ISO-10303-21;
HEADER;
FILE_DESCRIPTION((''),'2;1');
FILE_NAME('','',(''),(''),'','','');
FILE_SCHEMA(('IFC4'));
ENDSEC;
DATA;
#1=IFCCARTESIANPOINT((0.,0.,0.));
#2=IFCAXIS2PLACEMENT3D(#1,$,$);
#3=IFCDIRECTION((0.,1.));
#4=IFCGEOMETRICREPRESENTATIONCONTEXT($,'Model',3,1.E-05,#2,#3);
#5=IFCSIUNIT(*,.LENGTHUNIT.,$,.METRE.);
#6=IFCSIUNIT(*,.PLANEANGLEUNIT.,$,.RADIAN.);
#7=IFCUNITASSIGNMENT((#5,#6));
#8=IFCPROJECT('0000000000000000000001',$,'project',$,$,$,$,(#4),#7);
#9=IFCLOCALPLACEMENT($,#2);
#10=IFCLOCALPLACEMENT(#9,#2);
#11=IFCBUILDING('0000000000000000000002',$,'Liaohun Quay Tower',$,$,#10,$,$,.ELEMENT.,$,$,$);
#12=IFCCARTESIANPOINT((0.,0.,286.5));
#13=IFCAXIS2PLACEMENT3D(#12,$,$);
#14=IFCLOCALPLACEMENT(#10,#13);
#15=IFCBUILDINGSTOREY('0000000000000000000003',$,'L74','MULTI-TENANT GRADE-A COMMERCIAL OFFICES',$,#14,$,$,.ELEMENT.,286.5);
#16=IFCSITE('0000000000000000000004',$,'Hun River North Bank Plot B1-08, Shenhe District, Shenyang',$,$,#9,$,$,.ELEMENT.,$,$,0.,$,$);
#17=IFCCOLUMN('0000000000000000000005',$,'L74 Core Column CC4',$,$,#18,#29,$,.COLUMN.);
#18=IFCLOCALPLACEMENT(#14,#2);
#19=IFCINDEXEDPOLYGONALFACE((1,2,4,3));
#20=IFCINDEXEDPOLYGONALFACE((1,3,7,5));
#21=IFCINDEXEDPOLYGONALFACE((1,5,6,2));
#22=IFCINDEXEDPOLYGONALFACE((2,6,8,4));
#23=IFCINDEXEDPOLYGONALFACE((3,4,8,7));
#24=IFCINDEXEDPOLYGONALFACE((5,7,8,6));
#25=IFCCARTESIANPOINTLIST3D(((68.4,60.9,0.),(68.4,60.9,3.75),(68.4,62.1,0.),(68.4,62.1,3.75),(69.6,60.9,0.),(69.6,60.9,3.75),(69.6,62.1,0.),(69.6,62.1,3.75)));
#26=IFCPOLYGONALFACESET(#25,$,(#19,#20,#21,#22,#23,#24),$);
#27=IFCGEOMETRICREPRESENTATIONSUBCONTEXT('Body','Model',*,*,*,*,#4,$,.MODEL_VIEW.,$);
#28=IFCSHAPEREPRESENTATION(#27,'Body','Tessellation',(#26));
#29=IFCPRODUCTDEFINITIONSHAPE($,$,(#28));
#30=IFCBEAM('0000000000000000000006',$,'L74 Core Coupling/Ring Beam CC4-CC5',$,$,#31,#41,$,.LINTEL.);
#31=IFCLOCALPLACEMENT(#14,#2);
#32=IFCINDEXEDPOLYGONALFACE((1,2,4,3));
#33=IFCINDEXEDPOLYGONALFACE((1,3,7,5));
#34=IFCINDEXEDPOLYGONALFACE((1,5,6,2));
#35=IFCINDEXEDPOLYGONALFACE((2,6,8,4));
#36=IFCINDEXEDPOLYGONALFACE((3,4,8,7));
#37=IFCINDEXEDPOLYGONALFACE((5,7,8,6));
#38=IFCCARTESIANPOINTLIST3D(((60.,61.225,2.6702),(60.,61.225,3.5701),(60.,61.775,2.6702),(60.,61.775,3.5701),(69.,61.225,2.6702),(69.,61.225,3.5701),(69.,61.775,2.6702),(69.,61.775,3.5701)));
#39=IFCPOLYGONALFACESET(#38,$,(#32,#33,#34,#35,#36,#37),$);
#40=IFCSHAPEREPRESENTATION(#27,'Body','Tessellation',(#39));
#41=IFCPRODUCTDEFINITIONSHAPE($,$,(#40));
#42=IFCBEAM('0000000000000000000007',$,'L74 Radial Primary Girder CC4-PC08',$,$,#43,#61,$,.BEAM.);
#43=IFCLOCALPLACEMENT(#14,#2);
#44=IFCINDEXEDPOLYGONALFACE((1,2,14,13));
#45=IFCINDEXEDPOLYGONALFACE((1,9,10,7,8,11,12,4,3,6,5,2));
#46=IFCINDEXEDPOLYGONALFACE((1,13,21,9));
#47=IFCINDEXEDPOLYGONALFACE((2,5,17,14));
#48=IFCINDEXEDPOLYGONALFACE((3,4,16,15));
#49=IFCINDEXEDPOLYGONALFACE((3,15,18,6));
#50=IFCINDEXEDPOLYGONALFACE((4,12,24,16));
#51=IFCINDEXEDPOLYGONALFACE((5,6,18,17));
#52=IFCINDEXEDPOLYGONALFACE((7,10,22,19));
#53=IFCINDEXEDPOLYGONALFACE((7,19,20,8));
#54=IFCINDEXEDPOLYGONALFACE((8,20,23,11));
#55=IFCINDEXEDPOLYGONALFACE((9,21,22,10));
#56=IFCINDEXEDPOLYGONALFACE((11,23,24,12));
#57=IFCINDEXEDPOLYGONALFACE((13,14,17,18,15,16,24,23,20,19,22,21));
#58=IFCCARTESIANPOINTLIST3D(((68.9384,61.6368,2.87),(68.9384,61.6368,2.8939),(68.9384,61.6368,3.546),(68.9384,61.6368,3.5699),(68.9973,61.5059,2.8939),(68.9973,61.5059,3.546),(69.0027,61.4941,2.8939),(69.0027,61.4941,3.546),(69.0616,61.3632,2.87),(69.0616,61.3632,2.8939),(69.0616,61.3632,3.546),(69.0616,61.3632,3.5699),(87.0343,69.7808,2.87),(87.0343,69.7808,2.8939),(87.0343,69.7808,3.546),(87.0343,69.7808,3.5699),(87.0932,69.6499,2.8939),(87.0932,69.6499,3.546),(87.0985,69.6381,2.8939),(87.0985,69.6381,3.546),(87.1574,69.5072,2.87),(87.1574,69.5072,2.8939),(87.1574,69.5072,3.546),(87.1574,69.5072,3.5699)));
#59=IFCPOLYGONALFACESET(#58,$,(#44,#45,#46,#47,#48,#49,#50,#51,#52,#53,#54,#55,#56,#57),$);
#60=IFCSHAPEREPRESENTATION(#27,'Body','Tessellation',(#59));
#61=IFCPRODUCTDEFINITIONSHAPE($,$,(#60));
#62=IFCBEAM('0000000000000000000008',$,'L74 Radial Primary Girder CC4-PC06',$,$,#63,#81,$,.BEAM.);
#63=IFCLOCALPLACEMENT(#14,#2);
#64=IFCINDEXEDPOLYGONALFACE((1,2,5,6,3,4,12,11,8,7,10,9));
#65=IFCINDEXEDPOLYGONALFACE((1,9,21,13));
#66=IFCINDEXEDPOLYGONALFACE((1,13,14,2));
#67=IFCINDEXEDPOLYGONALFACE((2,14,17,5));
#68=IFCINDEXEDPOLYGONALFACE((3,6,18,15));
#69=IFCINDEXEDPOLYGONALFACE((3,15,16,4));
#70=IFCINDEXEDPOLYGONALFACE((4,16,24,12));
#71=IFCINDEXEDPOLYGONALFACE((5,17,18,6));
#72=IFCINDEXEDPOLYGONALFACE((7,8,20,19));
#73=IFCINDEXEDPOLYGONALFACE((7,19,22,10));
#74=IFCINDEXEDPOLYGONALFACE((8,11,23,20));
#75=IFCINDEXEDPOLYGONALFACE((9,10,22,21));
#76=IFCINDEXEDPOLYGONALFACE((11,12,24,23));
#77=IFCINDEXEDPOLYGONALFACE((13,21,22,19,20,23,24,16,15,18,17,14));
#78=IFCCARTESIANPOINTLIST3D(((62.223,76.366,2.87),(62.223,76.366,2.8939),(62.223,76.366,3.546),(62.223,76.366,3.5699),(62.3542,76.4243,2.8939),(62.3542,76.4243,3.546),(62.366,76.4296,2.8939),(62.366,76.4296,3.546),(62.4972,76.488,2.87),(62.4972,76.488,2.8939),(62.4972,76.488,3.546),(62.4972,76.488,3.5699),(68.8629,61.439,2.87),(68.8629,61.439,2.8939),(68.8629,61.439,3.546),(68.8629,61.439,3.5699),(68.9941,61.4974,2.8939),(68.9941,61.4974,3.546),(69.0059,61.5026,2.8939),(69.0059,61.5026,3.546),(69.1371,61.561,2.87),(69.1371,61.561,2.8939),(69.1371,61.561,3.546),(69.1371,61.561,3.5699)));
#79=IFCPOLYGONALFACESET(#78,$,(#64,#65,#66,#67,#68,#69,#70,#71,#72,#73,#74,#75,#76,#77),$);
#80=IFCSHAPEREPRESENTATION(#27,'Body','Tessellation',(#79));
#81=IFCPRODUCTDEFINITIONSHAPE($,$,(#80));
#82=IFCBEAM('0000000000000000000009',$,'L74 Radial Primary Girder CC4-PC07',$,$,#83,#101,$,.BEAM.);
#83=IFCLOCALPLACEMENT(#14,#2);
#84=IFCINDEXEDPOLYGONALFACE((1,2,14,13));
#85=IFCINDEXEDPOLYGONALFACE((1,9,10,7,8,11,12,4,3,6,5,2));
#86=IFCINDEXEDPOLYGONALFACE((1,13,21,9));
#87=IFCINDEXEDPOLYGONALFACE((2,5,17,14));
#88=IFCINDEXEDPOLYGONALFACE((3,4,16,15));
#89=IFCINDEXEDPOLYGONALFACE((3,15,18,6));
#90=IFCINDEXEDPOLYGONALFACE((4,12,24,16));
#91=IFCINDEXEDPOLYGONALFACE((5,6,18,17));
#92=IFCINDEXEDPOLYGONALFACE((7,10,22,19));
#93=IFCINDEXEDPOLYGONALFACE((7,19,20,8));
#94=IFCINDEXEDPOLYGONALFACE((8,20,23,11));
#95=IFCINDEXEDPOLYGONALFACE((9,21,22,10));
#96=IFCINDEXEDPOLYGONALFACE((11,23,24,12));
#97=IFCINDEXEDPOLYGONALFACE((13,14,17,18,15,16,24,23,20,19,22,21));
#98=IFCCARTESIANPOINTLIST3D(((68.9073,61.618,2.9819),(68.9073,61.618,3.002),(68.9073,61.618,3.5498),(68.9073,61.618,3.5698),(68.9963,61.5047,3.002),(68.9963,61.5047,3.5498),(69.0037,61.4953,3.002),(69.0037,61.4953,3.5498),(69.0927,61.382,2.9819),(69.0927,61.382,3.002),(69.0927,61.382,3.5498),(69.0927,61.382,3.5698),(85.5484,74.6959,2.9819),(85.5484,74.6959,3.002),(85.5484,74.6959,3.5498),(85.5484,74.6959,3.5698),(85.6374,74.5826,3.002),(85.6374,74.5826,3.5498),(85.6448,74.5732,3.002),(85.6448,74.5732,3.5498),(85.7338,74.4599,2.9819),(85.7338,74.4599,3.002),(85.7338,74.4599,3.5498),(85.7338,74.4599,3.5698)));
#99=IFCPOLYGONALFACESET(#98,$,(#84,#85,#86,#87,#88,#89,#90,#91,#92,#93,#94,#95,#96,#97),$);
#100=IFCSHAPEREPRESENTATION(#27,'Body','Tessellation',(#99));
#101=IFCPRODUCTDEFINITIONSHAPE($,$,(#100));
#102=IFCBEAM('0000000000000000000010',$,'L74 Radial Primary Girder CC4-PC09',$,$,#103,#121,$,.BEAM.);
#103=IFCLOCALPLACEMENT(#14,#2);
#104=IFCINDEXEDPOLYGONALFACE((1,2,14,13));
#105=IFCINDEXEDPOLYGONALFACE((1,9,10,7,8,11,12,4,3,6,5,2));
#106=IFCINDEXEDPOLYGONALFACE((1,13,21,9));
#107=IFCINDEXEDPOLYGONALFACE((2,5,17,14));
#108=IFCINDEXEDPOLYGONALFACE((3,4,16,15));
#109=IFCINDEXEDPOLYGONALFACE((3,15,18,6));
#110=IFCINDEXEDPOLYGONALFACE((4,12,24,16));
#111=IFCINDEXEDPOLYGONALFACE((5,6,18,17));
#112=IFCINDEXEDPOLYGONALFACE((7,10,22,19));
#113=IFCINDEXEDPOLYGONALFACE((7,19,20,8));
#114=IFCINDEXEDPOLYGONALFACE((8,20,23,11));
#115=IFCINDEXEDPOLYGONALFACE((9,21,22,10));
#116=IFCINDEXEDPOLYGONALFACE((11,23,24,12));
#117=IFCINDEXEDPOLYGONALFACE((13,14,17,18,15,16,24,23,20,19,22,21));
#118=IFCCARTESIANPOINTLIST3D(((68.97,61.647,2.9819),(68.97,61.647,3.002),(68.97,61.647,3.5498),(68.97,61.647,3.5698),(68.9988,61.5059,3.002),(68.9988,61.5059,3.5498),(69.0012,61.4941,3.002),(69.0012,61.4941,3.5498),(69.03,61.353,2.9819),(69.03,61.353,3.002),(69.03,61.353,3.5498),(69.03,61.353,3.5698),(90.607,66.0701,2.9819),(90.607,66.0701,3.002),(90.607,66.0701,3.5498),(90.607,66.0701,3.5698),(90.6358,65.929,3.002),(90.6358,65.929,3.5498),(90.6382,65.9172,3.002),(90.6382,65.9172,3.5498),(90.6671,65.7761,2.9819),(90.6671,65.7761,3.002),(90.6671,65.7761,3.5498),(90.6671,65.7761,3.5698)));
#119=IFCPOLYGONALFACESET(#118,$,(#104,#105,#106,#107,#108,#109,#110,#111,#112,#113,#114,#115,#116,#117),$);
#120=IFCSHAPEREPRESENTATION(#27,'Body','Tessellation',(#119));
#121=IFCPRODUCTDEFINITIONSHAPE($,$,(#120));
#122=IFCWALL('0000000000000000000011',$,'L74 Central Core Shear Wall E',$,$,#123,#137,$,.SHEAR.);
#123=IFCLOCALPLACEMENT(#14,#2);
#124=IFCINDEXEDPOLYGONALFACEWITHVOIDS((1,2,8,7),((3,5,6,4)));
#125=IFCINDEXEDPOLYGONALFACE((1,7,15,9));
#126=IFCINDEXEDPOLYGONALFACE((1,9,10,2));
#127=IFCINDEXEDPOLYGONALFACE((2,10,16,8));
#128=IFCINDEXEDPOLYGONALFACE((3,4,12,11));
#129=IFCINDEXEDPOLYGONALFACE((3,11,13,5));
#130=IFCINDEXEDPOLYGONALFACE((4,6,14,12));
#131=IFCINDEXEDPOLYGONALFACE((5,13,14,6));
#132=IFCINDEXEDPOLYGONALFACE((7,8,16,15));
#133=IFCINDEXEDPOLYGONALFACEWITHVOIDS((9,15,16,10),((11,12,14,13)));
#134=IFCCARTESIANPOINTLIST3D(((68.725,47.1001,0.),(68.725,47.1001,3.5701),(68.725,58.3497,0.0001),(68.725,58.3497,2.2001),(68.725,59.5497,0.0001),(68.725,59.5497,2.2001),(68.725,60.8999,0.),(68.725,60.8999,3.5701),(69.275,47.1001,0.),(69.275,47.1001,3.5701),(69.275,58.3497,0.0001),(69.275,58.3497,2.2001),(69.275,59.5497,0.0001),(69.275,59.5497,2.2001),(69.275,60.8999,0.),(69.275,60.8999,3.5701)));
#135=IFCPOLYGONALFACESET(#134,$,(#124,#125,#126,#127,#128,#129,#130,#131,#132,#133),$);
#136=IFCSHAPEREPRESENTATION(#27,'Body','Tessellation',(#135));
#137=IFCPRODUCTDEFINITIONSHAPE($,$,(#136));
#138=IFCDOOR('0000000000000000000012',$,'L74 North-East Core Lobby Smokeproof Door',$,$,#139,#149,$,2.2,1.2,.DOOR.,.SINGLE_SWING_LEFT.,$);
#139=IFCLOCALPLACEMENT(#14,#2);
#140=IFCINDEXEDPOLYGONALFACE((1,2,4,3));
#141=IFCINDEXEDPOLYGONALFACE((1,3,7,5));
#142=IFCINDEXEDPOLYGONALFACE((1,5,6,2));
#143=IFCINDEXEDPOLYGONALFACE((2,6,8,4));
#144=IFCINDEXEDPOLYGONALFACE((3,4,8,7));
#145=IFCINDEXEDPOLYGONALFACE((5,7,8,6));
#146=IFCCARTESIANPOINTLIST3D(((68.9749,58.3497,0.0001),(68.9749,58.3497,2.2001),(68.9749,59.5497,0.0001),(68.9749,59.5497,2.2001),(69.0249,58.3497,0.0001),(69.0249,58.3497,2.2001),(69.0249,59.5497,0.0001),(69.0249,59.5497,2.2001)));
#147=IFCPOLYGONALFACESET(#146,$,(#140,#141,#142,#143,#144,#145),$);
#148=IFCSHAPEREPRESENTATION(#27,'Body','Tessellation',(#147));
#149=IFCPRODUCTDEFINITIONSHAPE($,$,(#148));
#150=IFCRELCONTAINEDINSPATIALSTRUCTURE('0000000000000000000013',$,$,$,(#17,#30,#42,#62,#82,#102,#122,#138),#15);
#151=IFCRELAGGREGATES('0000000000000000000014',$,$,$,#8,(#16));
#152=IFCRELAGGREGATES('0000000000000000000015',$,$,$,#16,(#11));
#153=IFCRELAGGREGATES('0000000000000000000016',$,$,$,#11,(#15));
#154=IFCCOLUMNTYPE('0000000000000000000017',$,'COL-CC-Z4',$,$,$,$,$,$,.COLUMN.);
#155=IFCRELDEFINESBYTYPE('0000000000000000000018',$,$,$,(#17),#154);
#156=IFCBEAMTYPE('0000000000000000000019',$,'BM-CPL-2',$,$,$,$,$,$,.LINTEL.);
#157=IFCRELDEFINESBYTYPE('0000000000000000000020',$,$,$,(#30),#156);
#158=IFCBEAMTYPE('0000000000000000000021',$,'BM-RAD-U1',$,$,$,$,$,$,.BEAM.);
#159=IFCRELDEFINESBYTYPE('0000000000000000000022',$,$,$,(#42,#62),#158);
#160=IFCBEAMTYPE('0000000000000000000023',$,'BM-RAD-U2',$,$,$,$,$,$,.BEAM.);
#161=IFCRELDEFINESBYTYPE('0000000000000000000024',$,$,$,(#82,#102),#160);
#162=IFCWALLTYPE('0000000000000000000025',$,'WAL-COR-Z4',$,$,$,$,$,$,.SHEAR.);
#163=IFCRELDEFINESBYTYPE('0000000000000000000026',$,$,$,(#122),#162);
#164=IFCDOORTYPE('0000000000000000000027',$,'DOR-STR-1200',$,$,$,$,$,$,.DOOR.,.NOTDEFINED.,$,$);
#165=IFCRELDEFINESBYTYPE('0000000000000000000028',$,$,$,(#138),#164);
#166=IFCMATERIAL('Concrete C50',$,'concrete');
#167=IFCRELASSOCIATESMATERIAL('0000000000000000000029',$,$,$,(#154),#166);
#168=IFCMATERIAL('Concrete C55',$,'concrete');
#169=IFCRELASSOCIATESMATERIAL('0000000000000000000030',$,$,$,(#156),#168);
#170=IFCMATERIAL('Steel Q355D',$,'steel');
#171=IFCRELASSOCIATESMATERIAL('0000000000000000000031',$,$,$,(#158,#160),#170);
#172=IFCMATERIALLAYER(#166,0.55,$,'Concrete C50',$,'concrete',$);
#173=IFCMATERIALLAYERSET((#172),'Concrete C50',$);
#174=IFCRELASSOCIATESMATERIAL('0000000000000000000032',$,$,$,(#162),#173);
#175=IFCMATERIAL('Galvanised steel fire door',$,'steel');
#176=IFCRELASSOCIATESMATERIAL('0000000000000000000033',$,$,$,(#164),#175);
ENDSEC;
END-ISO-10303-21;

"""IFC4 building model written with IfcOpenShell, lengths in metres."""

from ifc_helpers import new_model, si_unit, direction, frame, frame_2d, origin, origin_2d, place, context, subcontext, project, spatial, rectangle, i_section, extrude, source, transform, mapped, material, layer, layer_set, material_profile, profile_set, type_object, element, fill, save


model = new_model("IFC4")

# Units and contexts
model_context = context("Model", 3, precision=1e-05, world=origin(), true_north=direction((0.0, 1.0)))
body_context = subcontext(model_context, "Body", "Model", "MODEL_VIEW")
ifc_project = project(units=[si_unit("LENGTHUNIT", "METRE"), si_unit("PLANEANGLEUNIT", "RADIAN")], contexts=[model_context])

# Site, building, storey
site_placement = place(None, origin())
site = spatial("IfcSite", under=ifc_project, at=site_placement, Name="Hun River North Bank Plot B1-08, Shenhe District, Shenyang", CompositionType="ELEMENT", RefElevation=0.0)
building_placement = place(site_placement, origin())
building = spatial("IfcBuilding", under=site, at=building_placement, Name="Liaohun Quay Tower", CompositionType="ELEMENT")
storey_placement = place(building_placement, frame((0.0, 0.0, 286.5)))
storey = spatial("IfcBuildingStorey", under=building, at=storey_placement, Name="L74", Description="MULTI-TENANT GRADE-A COMMERCIAL OFFICES", CompositionType="ELEMENT", Elevation=286.5)

# Column
ifc_material_1 = material(Name="Concrete C50", Category="concrete")
ifc_material_profile_1 = material_profile(ifc_material_1, rectangle(XDim=1.2, YDim=1.2, at=origin_2d()), Name="RC1200x1200")
ifc_profile_set_1 = profile_set([ifc_material_profile_1], Name="Concrete C50")
column_type = type_object("IfcColumnType", Name="COL-CC-Z4", PredefinedType="COLUMN", material=ifc_profile_set_1)
shared_shape_1 = source(origin(), body_context, "Body", "SweptSolid", [
    extrude(rectangle(XDim=1.2, YDim=1.2, at=origin_2d()), origin(), (0.0, 0.0, 1.0), 3.75),
])
column_placement = place(storey_placement, frame((69.0, 61.5, 0.0), z_axis=(0.0, 0.0, 1.0), x_axis=(1.0, 0.0, 0.0)))
element("IfcColumn", 1, at=column_placement, inside=storey, type_object=column_type, Name="L74 Core Column CC4", PredefinedType="COLUMN", context=body_context, shape_type="MappedRepresentation", body=[
    mapped(shared_shape_1, transform((0.0, 0.0, 0.0), x_axis=(1.0, 0.0, 0.0), y_axis=(0.0, 1.0, 0.0), z_axis=(0.0, 0.0, 1.0), scale=1.0)),
])

# Beams
ifc_material_2 = material(Name="Concrete C55", Category="concrete")
ifc_material_profile_2 = material_profile(ifc_material_2, rectangle(XDim=0.55, YDim=0.8999, at=origin_2d()), Name="RC550x900")
ifc_profile_set_2 = profile_set([ifc_material_profile_2], Name="Concrete C55")
beam_type_1 = type_object("IfcBeamType", Name="BM-CPL-2", PredefinedType="LINTEL", material=ifc_profile_set_2)
shared_shape_2 = source(origin(), body_context, "Body", "SweptSolid", [
    extrude(rectangle(XDim=0.55, YDim=0.8999, at=origin_2d()), origin(), (0.0, 0.0, 1.0), 9.0),
])
beam_1_placement = place(storey_placement, frame((69.0, 61.5, 3.1201), z_axis=(-1.0, 0.0, 0.0), x_axis=(0.0, -1.0, 0.0)))
element("IfcBeam", 2, at=beam_1_placement, inside=storey, type_object=beam_type_1, Name="L74 Core Coupling/Ring Beam CC4-CC5", PredefinedType="LINTEL", context=body_context, shape_type="MappedRepresentation", body=[
    mapped(shared_shape_2, transform((0.0, 0.0, 0.0), x_axis=(1.0, 0.0, 0.0), y_axis=(0.0, 1.0, 0.0), z_axis=(0.0, 0.0, 1.0), scale=1.0)),
])
ifc_material_3 = material(Name="Steel Q355D", Category="steel")
ifc_material_profile_3 = material_profile(ifc_material_3, i_section(OverallWidth=0.3, OverallDepth=0.7, WebThickness=0.0129, FlangeThickness=0.0239, at=origin_2d()), Name="HN700x300x13x24")
ifc_profile_set_3 = profile_set([ifc_material_profile_3], Name="Steel Q355D")
beam_type_2 = type_object("IfcBeamType", Name="BM-RAD-U1", PredefinedType="BEAM", material=ifc_profile_set_3)
shared_shape_3 = source(origin(), body_context, "Body", "SweptSolid", [
    extrude(i_section(OverallWidth=0.3, OverallDepth=0.7, WebThickness=0.0129, FlangeThickness=0.0239, at=origin_2d()), origin(), (0.0, 0.0, 1.0), 19.844),
])
beam_2_placement = place(storey_placement, frame((69.0, 61.5, 3.22), z_axis=(0.911905, 0.410401, 0.0), x_axis=(-0.410401, 0.911905, 0.0)))
element("IfcBeam", 3, at=beam_2_placement, inside=storey, type_object=beam_type_2, Name="L74 Radial Primary Girder CC4-PC08", PredefinedType="BEAM", context=body_context, shape_type="MappedRepresentation", body=[
    mapped(shared_shape_3, transform((0.0, 0.0, 0.0), x_axis=(1.0, 0.0, 0.0), y_axis=(0.0, 1.0, 0.0), z_axis=(0.0, 0.0, 1.0), scale=1.0)),
])
shared_shape_4 = source(origin(), body_context, "Body", "SweptSolid", [
    extrude(i_section(OverallWidth=0.3, OverallDepth=0.7, WebThickness=0.0129, FlangeThickness=0.0239, at=origin_2d()), origin(), (0.0, 0.0, 1.0), 16.3372),
])
beam_3_placement = place(storey_placement, frame((69.0, 61.5, 3.22), z_axis=(-0.406428, 0.913683, 0.0), x_axis=(-0.913683, -0.406428, 0.0)))
element("IfcBeam", 4, at=beam_3_placement, inside=storey, type_object=beam_type_2, Name="L74 Radial Primary Girder CC4-PC06", PredefinedType="BEAM", context=body_context, shape_type="MappedRepresentation", body=[
    mapped(shared_shape_4, transform((0.0, 0.0, 0.0), x_axis=(1.0, 0.0, 0.0), y_axis=(0.0, 1.0, 0.0), z_axis=(0.0, 0.0, 1.0), scale=1.0)),
])
ifc_material_profile_4 = material_profile(ifc_material_3, i_section(OverallWidth=0.3, OverallDepth=0.5879, WebThickness=0.012, FlangeThickness=0.02, at=origin_2d()), Name="HM588x300x12x20")
ifc_profile_set_4 = profile_set([ifc_material_profile_4], Name="Steel Q355D")
beam_type_3 = type_object("IfcBeamType", Name="BM-RAD-U2", PredefinedType="BEAM", material=ifc_profile_set_4)
shared_shape_5 = source(origin(), body_context, "Body", "SweptSolid", [
    extrude(i_section(OverallWidth=0.3, OverallDepth=0.5879, WebThickness=0.012, FlangeThickness=0.02, at=origin_2d()), origin(), (0.0, 0.0, 1.0), 21.165),
])
beam_4_placement = place(storey_placement, frame((69.0, 61.5, 3.2759), z_axis=(0.786256, 0.617901, 0.0), x_axis=(-0.617901, 0.786256, 0.0)))
element("IfcBeam", 5, at=beam_4_placement, inside=storey, type_object=beam_type_3, Name="L74 Radial Primary Girder CC4-PC07", PredefinedType="BEAM", context=body_context, shape_type="MappedRepresentation", body=[
    mapped(shared_shape_5, transform((0.0, 0.0, 0.0), x_axis=(1.0, 0.0, 0.0), y_axis=(0.0, 1.0, 0.0), z_axis=(0.0, 0.0, 1.0), scale=1.0)),
])
shared_shape_6 = source(origin(), body_context, "Body", "SweptSolid", [
    extrude(i_section(OverallWidth=0.3, OverallDepth=0.5879, WebThickness=0.012, FlangeThickness=0.02, at=origin_2d()), origin(), (0.0, 0.0, 1.0), 22.0845),
])
beam_5_placement = place(storey_placement, frame((69.0, 61.5, 3.2759), z_axis=(0.979738, 0.200281, 0.0), x_axis=(-0.200281, 0.979738, 0.0)))
element("IfcBeam", 6, at=beam_5_placement, inside=storey, type_object=beam_type_3, Name="L74 Radial Primary Girder CC4-PC09", PredefinedType="BEAM", context=body_context, shape_type="MappedRepresentation", body=[
    mapped(shared_shape_6, transform((0.0, 0.0, 0.0), x_axis=(1.0, 0.0, 0.0), y_axis=(0.0, 1.0, 0.0), z_axis=(0.0, 0.0, 1.0), scale=1.0)),
])

# Wall, opening, door
ifc_layer_1 = layer(ifc_material_1, 0.55, Name="Concrete C50", Category="concrete")
ifc_layer_set_1 = layer_set([ifc_layer_1], Name="Concrete C50")
wall_type_1 = type_object("IfcWallType", Name="WAL-COR-Z4", PredefinedType="SHEAR", material=ifc_layer_set_1)
wall_1_placement = place(storey_placement, frame((69.0, 60.8999, 0.0), z_axis=(0.0, 0.0, 1.0), x_axis=(0.0, -1.0, 0.0)))
wall_1 = element("IfcWall", 7, at=wall_1_placement, inside=storey, type_object=wall_type_1, Name="L74 Central Core Shear Wall E", PredefinedType="SHEAR", context=body_context, shape_type="SweptSolid", body=[
    extrude(rectangle(XDim=13.7998, YDim=0.55, at=frame_2d((6.8999, 0.0))), origin(), (0.0, 0.0, 1.0), 3.5701),
])
shared_shape_7 = source(origin(), body_context, "Body", "SweptSolid", [
    extrude(rectangle(XDim=1.2, YDim=2.2, at=frame_2d((0.6001, 1.1001))), frame((0.0, 0.2849, 0.0), z_axis=(0.0, -1.0, 0.0), x_axis=(1.0, 0.0, 0.0)), (0.0, 0.0, 1.0), 0.5701),
])
opening_1_placement = place(wall_1_placement, frame((1.3501, 0.0, 0.0)))
opening_1 = element("IfcOpeningElement", 8, at=opening_1_placement, cuts=wall_1, PredefinedType="OPENING", context=body_context, shape_type="MappedRepresentation", body=[
    mapped(shared_shape_7, transform((0.0, 0.0, 0.0), x_axis=(1.0, 0.0, 0.0), y_axis=(0.0, 1.0, 0.0), z_axis=(0.0, 0.0, 1.0), scale=1.0)),
])
ifc_material_4 = material(Name="Galvanised steel fire door", Category="steel")
door_type_1 = type_object("IfcDoorType", Name="DOR-STR-1200", OperationType="NOTDEFINED", PredefinedType="DOOR", material=ifc_material_4)
shared_shape_8 = source(origin(), body_context, "Body", "SweptSolid", [
    extrude(rectangle(XDim=1.2, YDim=2.2, at=frame_2d((0.6001, 1.1001))), frame((0.0, 0.0249, 0.0), z_axis=(0.0, -1.0, 0.0), x_axis=(1.0, 0.0, 0.0)), (0.0, 0.0, 1.0), 0.05),
])
door_1_placement = place(opening_1_placement, origin())
door_1 = element("IfcDoor", 9, at=door_1_placement, inside=storey, type_object=door_type_1, Name="L74 North-East Core Lobby Smokeproof Door", OperationType="SINGLE_SWING_LEFT", OverallHeight=2.2, OverallWidth=1.2, PredefinedType="DOOR", context=body_context, shape_type="MappedRepresentation", body=[
    mapped(shared_shape_8, transform((0.0, 0.0, 0.0), x_axis=(1.0, 0.0, 0.0), y_axis=(0.0, 1.0, 0.0), z_axis=(0.0, 0.0, 1.0), scale=1.0)),
])
fill(opening_1, door_1)

save(model, "model.ifc")
